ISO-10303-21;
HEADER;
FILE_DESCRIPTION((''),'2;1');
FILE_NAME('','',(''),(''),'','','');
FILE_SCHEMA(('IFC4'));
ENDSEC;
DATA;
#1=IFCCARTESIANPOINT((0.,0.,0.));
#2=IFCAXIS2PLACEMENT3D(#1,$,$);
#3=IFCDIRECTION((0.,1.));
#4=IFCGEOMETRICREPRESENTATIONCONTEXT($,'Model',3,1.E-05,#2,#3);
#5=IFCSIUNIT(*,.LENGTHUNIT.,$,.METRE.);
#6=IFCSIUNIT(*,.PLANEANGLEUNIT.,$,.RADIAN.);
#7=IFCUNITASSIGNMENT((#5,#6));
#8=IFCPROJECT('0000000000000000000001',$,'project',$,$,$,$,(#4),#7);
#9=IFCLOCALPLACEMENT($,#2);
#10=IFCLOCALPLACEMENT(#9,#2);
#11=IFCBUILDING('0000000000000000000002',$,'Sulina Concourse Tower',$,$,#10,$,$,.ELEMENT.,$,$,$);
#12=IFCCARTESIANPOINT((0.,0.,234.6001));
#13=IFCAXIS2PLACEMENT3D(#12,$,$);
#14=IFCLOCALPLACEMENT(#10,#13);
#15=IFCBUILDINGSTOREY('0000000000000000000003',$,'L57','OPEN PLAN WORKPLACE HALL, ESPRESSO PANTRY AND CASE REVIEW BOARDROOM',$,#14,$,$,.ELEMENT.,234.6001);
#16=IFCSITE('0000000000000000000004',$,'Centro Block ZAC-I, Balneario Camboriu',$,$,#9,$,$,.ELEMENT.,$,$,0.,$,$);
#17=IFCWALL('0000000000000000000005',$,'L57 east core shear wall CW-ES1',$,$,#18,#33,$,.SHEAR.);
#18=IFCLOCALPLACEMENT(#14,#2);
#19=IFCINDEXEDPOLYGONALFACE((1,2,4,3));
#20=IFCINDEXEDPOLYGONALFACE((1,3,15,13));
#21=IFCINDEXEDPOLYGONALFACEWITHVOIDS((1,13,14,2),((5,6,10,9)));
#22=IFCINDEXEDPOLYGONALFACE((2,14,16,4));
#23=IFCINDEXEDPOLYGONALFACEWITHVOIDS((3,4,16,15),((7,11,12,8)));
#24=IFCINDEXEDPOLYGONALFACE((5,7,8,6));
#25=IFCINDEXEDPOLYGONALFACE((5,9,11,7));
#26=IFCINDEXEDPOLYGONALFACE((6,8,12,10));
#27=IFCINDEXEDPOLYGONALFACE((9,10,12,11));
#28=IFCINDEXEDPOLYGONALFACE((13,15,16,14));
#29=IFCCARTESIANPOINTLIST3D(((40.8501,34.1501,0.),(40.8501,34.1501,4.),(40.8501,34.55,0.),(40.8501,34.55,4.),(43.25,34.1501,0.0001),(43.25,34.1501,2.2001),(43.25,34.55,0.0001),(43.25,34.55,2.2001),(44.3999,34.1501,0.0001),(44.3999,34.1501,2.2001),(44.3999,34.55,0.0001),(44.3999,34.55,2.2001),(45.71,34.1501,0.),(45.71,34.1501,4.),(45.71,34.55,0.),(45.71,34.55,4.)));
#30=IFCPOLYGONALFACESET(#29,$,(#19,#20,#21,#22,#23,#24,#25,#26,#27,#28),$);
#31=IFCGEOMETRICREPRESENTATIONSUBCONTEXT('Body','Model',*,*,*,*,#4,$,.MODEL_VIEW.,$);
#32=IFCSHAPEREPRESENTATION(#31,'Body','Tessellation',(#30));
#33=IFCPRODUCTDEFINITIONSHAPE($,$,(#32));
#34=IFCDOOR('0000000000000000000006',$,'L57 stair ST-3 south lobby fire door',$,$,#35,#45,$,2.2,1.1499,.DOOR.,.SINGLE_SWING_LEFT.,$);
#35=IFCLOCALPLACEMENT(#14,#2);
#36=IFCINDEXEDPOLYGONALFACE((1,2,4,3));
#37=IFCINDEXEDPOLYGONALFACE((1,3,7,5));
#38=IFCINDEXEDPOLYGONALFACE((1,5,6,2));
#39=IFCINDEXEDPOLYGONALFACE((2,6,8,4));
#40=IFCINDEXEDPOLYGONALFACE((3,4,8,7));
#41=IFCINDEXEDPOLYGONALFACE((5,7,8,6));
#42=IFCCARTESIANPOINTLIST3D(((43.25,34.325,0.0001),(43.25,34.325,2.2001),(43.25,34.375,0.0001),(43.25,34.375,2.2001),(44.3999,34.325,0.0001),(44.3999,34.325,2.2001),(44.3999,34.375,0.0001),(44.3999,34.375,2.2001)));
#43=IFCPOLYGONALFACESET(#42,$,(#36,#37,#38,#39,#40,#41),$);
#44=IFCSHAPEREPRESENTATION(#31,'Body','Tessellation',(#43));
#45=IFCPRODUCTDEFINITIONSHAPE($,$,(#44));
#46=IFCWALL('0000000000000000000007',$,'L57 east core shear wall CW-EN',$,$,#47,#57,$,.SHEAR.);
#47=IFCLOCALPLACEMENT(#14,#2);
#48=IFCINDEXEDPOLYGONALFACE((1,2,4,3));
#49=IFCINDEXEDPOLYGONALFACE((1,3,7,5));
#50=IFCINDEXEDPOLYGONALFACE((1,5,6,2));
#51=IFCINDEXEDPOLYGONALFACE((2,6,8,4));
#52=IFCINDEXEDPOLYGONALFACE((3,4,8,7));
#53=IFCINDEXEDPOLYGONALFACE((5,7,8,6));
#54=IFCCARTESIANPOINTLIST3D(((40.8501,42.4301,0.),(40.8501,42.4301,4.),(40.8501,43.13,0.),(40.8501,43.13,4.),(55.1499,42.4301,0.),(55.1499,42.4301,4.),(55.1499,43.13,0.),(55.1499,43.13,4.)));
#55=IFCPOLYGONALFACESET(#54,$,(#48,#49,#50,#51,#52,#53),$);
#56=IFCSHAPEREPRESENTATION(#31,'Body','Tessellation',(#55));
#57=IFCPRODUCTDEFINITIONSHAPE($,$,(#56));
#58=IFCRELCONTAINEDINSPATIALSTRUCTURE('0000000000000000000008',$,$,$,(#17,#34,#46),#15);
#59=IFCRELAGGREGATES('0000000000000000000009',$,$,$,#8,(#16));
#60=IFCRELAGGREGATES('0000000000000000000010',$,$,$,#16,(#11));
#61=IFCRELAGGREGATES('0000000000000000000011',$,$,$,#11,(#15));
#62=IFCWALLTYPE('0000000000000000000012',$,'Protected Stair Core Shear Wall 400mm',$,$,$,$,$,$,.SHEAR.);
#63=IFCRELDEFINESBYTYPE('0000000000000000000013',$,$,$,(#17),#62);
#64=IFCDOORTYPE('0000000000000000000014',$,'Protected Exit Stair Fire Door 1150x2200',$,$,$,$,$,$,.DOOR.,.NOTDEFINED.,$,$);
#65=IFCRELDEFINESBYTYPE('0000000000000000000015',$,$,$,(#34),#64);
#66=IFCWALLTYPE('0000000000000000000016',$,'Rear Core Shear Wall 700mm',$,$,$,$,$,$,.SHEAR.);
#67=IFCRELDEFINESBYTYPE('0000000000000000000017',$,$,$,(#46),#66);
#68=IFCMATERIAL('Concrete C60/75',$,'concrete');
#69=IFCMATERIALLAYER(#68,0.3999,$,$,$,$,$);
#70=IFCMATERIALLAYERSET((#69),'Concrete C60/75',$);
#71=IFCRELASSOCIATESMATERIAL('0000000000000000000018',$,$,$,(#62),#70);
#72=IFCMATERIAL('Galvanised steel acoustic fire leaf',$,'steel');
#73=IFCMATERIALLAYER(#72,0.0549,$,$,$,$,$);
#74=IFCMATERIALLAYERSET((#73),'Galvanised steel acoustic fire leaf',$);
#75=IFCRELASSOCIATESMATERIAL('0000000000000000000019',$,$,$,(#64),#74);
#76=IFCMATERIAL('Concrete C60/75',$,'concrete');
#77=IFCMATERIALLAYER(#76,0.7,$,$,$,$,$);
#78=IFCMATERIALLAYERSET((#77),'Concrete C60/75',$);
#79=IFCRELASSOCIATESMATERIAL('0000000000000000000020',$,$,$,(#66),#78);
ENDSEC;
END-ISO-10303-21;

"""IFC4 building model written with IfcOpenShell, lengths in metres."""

from ifc_helpers import new_model, si_unit, direction, frame, frame_2d, origin, place, context, subcontext, project, spatial, rectangle, extrude, material, layer, layer_set, type_object, element, fill, save


model = new_model("IFC4")

# Units and contexts
model_context = context("Model", 3, precision=1e-05, world=origin(), true_north=direction((0.0, 1.0)))
body_context = subcontext(model_context, "Body", "Model", "MODEL_VIEW")
ifc_project = project(units=[si_unit("LENGTHUNIT", "METRE"), si_unit("PLANEANGLEUNIT", "RADIAN")], contexts=[model_context])

# Site, building, storey
site_placement = place(None, origin())
site = spatial("IfcSite", under=ifc_project, at=site_placement, Name="Centro Block ZAC-I, Balneario Camboriu", CompositionType="ELEMENT", RefElevation=0.0)
building_placement = place(site_placement, origin())
building = spatial("IfcBuilding", under=site, at=building_placement, Name="Sulina Concourse Tower", CompositionType="ELEMENT")
storey_placement = place(building_placement, frame((0.0, 0.0, 234.6001)))
storey = spatial("IfcBuildingStorey", under=building, at=storey_placement, Name="L57", Description="OPEN PLAN WORKPLACE HALL, ESPRESSO PANTRY AND CASE REVIEW BOARDROOM", CompositionType="ELEMENT", Elevation=234.6001)

# Wall, opening, door
ifc_material_1 = material(Name="Concrete C60/75", Category="concrete")
ifc_layer_1 = layer(ifc_material_1, 0.3999)
ifc_layer_set_1 = layer_set([ifc_layer_1], Name="Concrete C60/75")
wall_type_1 = type_object("IfcWallType", Name="Protected Stair Core Shear Wall 400mm", PredefinedType="SHEAR", material=ifc_layer_set_1)
wall_1_placement = place(storey_placement, frame((40.8501, 34.3501, 0.0), z_axis=(0.0, 0.0, 1.0), x_axis=(1.0, 0.0, 0.0)))
wall_1 = element("IfcWall", 1, at=wall_1_placement, inside=storey, type_object=wall_type_1, Name="L57 east core shear wall CW-ES1", PredefinedType="SHEAR", context=body_context, shape_type="SweptSolid", body=[
    extrude(rectangle(XDim=4.8599, YDim=0.3999, at=frame_2d((2.4299, 0.0))), origin(), (0.0, 0.0, 1.0), 4.0),
])
opening_1_placement = place(wall_1_placement, frame((2.3999, 0.0, 0.0)))
opening_1 = element("IfcOpeningElement", 2, at=opening_1_placement, cuts=wall_1, PredefinedType="OPENING", context=body_context, shape_type="SweptSolid", body=[
    extrude(rectangle(XDim=1.1499, YDim=2.2, at=frame_2d((0.575, 1.1001))), frame((0.0, 0.21, 0.0), z_axis=(0.0, -1.0, 0.0), x_axis=(1.0, 0.0, 0.0)), (0.0, 0.0, 1.0), 0.4199),
])
ifc_material_2 = material(Name="Galvanised steel acoustic fire leaf", Category="steel")
ifc_layer_2 = layer(ifc_material_2, 0.0549)
ifc_layer_set_2 = layer_set([ifc_layer_2], Name="Galvanised steel acoustic fire leaf")
door_type = type_object("IfcDoorType", Name="Protected Exit Stair Fire Door 1150x2200", OperationType="NOTDEFINED", PredefinedType="DOOR", material=ifc_layer_set_2)
door_placement = place(opening_1_placement, origin())
door = element("IfcDoor", 3, at=door_placement, inside=storey, type_object=door_type, Name="L57 stair ST-3 south lobby fire door", OperationType="SINGLE_SWING_LEFT", OverallHeight=2.2, OverallWidth=1.1499, PredefinedType="DOOR", context=body_context, shape_type="SweptSolid", body=[
    extrude(rectangle(XDim=1.1499, YDim=2.2, at=frame_2d((0.575, 1.1001))), frame((0.0, 0.0249, 0.0), z_axis=(0.0, -1.0, 0.0), x_axis=(1.0, 0.0, 0.0)), (0.0, 0.0, 1.0), 0.05),
])
fill(opening_1, door)

# Wall
ifc_material_3 = material(Name="Concrete C60/75", Category="concrete")
ifc_layer_3 = layer(ifc_material_3, 0.7)
ifc_layer_set_3 = layer_set([ifc_layer_3], Name="Concrete C60/75")
wall_type_2 = type_object("IfcWallType", Name="Rear Core Shear Wall 700mm", PredefinedType="SHEAR", material=ifc_layer_set_3)
wall_2_placement = place(storey_placement, frame((40.8501, 42.78, 0.0), z_axis=(0.0, 0.0, 1.0), x_axis=(1.0, 0.0, 0.0)))
element("IfcWall", 4, at=wall_2_placement, inside=storey, type_object=wall_type_2, Name="L57 east core shear wall CW-EN", PredefinedType="SHEAR", context=body_context, shape_type="SweptSolid", body=[
    extrude(rectangle(XDim=14.2998, YDim=0.7, at=frame_2d((7.1499, 0.0))), origin(), (0.0, 0.0, 1.0), 4.0),
])

save(model, "model.ifc")
